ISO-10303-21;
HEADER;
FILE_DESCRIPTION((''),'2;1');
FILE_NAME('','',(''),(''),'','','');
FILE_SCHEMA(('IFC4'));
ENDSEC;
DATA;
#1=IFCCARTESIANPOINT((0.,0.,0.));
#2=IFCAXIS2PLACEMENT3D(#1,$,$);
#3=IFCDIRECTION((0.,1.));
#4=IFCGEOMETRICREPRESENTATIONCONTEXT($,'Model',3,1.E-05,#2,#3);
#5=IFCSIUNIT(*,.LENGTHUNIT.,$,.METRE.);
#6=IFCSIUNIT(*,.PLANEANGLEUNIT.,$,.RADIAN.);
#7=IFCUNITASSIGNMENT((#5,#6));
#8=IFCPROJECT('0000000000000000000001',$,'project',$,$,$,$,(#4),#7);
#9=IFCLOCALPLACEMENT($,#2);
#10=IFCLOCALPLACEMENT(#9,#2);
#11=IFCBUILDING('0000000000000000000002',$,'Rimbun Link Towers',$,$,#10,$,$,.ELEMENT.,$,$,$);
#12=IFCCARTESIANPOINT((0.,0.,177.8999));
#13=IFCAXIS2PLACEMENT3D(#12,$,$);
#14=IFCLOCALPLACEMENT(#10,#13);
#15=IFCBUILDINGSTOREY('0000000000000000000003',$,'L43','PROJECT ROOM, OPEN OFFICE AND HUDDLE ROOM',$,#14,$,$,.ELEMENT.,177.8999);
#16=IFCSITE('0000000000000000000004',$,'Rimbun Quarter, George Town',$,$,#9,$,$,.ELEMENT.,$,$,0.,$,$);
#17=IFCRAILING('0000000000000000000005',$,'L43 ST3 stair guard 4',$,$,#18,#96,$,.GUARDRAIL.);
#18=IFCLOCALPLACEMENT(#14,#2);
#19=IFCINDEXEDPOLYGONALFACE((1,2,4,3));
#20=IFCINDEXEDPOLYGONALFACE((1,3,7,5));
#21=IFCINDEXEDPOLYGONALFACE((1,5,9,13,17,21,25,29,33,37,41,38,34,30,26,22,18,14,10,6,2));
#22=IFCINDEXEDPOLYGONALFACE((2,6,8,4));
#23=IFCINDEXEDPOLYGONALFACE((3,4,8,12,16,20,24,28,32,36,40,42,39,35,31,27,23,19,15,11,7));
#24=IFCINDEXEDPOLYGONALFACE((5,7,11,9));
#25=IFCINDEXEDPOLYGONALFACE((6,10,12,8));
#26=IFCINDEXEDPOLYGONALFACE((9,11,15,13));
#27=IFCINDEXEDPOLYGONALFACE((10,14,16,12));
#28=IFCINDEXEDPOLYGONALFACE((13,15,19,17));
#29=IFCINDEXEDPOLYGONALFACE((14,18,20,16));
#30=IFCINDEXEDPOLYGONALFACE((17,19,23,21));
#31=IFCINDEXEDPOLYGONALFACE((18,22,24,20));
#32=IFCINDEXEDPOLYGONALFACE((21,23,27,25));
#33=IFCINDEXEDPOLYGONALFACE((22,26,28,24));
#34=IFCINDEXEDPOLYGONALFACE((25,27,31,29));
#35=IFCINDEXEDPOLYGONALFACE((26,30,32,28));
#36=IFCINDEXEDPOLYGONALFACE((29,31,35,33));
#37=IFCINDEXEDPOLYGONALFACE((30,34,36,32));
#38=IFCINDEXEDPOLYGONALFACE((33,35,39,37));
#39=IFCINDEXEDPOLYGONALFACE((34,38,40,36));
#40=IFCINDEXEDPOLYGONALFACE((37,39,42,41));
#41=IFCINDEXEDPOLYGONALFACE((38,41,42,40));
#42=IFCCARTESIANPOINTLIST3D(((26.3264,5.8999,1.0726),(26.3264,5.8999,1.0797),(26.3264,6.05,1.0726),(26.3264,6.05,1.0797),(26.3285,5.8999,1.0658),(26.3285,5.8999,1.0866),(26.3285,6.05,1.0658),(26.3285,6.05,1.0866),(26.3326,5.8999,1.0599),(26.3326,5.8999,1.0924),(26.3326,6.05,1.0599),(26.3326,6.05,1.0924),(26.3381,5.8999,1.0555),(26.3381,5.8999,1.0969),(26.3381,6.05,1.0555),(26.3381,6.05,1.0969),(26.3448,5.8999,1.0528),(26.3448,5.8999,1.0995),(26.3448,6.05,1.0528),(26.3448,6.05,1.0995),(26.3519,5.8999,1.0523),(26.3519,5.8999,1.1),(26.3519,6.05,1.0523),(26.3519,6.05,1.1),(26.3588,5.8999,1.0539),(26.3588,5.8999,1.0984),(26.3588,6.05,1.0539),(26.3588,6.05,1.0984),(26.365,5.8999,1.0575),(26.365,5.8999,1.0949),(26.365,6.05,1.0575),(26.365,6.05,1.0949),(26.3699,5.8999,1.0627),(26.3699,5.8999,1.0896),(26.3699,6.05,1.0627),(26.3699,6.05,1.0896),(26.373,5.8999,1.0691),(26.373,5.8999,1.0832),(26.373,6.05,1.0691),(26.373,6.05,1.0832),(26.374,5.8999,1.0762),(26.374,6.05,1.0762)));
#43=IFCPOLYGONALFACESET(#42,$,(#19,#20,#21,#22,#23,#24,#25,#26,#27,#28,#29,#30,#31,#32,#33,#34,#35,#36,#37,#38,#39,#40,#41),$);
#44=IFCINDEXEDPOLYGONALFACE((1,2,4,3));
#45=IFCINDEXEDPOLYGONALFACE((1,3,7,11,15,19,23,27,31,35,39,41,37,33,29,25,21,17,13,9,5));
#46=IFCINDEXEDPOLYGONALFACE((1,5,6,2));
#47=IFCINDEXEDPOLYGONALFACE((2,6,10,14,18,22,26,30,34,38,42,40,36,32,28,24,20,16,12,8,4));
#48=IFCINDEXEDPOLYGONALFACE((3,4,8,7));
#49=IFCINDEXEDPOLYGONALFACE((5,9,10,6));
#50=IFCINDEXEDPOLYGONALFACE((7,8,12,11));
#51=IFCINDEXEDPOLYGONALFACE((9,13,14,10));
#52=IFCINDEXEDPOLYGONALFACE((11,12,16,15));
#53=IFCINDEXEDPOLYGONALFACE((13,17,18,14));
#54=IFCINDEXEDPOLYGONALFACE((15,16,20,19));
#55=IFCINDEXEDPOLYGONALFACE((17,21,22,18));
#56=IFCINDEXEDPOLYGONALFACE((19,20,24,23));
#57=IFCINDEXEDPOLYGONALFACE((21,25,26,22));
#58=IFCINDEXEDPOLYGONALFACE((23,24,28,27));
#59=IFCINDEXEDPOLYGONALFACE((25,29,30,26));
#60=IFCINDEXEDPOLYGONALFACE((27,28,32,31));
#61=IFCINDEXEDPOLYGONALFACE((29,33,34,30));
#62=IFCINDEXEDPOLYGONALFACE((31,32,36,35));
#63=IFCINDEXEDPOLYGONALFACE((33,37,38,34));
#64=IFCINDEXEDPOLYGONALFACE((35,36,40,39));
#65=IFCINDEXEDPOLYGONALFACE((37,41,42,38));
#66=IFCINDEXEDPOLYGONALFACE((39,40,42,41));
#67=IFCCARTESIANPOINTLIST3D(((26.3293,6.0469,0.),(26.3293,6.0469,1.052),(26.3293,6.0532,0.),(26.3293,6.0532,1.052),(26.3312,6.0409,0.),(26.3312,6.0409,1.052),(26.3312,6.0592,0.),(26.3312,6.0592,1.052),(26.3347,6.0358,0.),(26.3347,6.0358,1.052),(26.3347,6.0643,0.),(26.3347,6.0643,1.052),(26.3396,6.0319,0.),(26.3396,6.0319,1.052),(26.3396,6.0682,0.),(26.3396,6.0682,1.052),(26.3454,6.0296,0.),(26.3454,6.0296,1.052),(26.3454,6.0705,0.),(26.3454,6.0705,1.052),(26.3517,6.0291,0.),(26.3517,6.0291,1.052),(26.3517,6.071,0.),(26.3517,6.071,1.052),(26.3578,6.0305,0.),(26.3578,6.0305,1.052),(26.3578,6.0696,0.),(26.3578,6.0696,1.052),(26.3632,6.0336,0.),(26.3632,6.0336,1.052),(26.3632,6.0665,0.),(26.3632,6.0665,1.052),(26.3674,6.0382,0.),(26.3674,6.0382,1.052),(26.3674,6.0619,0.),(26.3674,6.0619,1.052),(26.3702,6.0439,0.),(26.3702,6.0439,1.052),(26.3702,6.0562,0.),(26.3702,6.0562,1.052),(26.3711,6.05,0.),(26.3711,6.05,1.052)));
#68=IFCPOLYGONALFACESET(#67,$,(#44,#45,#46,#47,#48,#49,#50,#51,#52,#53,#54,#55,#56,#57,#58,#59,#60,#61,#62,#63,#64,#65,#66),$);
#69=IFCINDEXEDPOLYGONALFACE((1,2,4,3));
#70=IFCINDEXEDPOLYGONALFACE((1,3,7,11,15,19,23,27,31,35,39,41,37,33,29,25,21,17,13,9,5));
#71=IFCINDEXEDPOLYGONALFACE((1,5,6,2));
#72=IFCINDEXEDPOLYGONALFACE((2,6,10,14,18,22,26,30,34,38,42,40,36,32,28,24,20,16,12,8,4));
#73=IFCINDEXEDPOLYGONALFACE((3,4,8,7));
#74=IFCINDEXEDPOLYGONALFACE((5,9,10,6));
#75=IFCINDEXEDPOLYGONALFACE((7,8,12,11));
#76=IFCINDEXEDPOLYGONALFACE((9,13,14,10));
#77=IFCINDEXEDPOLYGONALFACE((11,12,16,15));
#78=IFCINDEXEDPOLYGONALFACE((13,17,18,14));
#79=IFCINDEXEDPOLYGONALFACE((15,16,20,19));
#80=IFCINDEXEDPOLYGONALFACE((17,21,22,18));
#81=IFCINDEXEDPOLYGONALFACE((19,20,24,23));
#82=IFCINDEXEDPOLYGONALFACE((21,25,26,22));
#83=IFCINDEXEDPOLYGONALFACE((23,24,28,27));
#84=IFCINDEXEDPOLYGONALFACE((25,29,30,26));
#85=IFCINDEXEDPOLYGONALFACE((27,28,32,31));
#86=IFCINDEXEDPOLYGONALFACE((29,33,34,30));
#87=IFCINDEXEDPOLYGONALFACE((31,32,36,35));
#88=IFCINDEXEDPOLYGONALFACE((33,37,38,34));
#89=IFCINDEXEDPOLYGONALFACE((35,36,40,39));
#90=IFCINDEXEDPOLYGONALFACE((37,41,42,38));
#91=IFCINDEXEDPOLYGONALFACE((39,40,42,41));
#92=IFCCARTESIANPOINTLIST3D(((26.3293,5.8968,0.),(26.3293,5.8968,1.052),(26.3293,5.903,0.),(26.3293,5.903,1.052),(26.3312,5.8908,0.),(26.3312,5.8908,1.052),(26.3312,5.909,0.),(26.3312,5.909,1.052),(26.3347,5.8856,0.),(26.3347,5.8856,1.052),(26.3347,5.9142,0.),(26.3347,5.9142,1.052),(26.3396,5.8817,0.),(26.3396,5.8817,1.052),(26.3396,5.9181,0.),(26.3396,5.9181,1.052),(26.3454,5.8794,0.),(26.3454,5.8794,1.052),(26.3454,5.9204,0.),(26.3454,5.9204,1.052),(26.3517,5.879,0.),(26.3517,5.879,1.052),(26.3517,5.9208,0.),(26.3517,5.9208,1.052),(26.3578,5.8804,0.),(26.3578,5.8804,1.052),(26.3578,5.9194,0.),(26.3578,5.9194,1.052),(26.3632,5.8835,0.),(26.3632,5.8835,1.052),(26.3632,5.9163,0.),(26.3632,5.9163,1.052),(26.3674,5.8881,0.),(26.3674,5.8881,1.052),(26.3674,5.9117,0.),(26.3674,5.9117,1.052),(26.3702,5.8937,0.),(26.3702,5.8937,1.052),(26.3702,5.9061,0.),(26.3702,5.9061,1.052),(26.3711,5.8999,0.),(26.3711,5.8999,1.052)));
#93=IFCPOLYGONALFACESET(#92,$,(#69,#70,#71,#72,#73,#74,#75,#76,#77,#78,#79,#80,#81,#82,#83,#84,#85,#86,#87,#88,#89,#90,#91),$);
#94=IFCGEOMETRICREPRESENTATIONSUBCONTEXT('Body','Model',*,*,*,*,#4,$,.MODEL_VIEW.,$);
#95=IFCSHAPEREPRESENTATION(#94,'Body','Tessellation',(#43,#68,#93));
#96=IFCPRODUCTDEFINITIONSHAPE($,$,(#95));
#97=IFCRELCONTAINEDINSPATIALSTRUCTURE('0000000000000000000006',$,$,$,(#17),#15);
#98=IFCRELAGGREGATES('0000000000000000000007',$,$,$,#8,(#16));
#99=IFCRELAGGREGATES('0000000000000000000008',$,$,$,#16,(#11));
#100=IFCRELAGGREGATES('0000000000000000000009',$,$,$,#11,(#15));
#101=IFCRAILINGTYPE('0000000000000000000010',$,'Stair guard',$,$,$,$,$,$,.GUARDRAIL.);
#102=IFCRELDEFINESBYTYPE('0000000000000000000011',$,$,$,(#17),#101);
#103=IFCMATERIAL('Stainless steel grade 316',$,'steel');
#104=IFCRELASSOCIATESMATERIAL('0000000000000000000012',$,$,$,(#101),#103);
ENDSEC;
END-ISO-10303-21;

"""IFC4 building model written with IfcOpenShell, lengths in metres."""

from ifc_helpers import new_model, si_unit, direction, frame, origin, origin_2d, place, context, subcontext, project, spatial, circle, extrude, material, type_object, element, save


model = new_model("IFC4")

# Units and contexts
model_context = context("Model", 3, precision=1e-05, world=origin(), true_north=direction((0.0, 1.0)))
body_context = subcontext(model_context, "Body", "Model", "MODEL_VIEW")
ifc_project = project(units=[si_unit("LENGTHUNIT", "METRE"), si_unit("PLANEANGLEUNIT", "RADIAN")], contexts=[model_context])

# Site, building, storey
site_placement = place(None, origin())
site = spatial("IfcSite", under=ifc_project, at=site_placement, Name="Rimbun Quarter, George Town", CompositionType="ELEMENT", RefElevation=0.0)
building_placement = place(site_placement, origin())
building = spatial("IfcBuilding", under=site, at=building_placement, Name="Rimbun Link Towers", CompositionType="ELEMENT")
storey_placement = place(building_placement, frame((0.0, 0.0, 177.8999)))
storey = spatial("IfcBuildingStorey", under=building, at=storey_placement, Name="L43", Description="PROJECT ROOM, OPEN OFFICE AND HUDDLE ROOM", CompositionType="ELEMENT", Elevation=177.8999)

# Railing
ifc_material_1 = material(Name="Stainless steel grade 316", Category="steel")
railing_type_1 = type_object("IfcRailingType", Name="Stair guard", PredefinedType="GUARDRAIL", material=ifc_material_1)
railing_1_placement = place(storey_placement, frame((26.3501, 6.05, 0.0)))
element("IfcRailing", 1, at=railing_1_placement, inside=storey, type_object=railing_type_1, Name="L43 ST3 stair guard 4", PredefinedType="GUARDRAIL", context=body_context, shape_type="SweptSolid", body=[
    extrude(circle(Radius=0.0239, at=origin_2d()), frame((0.0, 0.0, 1.0762), z_axis=(0.0, -1.0, 0.0), x_axis=(1.0, 0.0, 0.0)), (0.0, 0.0, 1.0), 0.1501),
    extrude(circle(Radius=0.021, at=origin_2d()), origin(), (0.0, 0.0, 1.0), 1.052),
    extrude(circle(Radius=0.021, at=origin_2d()), frame((0.0, -0.1501, 0.0)), (0.0, 0.0, 1.0), 1.052),
])

save(model, "model.ifc")
